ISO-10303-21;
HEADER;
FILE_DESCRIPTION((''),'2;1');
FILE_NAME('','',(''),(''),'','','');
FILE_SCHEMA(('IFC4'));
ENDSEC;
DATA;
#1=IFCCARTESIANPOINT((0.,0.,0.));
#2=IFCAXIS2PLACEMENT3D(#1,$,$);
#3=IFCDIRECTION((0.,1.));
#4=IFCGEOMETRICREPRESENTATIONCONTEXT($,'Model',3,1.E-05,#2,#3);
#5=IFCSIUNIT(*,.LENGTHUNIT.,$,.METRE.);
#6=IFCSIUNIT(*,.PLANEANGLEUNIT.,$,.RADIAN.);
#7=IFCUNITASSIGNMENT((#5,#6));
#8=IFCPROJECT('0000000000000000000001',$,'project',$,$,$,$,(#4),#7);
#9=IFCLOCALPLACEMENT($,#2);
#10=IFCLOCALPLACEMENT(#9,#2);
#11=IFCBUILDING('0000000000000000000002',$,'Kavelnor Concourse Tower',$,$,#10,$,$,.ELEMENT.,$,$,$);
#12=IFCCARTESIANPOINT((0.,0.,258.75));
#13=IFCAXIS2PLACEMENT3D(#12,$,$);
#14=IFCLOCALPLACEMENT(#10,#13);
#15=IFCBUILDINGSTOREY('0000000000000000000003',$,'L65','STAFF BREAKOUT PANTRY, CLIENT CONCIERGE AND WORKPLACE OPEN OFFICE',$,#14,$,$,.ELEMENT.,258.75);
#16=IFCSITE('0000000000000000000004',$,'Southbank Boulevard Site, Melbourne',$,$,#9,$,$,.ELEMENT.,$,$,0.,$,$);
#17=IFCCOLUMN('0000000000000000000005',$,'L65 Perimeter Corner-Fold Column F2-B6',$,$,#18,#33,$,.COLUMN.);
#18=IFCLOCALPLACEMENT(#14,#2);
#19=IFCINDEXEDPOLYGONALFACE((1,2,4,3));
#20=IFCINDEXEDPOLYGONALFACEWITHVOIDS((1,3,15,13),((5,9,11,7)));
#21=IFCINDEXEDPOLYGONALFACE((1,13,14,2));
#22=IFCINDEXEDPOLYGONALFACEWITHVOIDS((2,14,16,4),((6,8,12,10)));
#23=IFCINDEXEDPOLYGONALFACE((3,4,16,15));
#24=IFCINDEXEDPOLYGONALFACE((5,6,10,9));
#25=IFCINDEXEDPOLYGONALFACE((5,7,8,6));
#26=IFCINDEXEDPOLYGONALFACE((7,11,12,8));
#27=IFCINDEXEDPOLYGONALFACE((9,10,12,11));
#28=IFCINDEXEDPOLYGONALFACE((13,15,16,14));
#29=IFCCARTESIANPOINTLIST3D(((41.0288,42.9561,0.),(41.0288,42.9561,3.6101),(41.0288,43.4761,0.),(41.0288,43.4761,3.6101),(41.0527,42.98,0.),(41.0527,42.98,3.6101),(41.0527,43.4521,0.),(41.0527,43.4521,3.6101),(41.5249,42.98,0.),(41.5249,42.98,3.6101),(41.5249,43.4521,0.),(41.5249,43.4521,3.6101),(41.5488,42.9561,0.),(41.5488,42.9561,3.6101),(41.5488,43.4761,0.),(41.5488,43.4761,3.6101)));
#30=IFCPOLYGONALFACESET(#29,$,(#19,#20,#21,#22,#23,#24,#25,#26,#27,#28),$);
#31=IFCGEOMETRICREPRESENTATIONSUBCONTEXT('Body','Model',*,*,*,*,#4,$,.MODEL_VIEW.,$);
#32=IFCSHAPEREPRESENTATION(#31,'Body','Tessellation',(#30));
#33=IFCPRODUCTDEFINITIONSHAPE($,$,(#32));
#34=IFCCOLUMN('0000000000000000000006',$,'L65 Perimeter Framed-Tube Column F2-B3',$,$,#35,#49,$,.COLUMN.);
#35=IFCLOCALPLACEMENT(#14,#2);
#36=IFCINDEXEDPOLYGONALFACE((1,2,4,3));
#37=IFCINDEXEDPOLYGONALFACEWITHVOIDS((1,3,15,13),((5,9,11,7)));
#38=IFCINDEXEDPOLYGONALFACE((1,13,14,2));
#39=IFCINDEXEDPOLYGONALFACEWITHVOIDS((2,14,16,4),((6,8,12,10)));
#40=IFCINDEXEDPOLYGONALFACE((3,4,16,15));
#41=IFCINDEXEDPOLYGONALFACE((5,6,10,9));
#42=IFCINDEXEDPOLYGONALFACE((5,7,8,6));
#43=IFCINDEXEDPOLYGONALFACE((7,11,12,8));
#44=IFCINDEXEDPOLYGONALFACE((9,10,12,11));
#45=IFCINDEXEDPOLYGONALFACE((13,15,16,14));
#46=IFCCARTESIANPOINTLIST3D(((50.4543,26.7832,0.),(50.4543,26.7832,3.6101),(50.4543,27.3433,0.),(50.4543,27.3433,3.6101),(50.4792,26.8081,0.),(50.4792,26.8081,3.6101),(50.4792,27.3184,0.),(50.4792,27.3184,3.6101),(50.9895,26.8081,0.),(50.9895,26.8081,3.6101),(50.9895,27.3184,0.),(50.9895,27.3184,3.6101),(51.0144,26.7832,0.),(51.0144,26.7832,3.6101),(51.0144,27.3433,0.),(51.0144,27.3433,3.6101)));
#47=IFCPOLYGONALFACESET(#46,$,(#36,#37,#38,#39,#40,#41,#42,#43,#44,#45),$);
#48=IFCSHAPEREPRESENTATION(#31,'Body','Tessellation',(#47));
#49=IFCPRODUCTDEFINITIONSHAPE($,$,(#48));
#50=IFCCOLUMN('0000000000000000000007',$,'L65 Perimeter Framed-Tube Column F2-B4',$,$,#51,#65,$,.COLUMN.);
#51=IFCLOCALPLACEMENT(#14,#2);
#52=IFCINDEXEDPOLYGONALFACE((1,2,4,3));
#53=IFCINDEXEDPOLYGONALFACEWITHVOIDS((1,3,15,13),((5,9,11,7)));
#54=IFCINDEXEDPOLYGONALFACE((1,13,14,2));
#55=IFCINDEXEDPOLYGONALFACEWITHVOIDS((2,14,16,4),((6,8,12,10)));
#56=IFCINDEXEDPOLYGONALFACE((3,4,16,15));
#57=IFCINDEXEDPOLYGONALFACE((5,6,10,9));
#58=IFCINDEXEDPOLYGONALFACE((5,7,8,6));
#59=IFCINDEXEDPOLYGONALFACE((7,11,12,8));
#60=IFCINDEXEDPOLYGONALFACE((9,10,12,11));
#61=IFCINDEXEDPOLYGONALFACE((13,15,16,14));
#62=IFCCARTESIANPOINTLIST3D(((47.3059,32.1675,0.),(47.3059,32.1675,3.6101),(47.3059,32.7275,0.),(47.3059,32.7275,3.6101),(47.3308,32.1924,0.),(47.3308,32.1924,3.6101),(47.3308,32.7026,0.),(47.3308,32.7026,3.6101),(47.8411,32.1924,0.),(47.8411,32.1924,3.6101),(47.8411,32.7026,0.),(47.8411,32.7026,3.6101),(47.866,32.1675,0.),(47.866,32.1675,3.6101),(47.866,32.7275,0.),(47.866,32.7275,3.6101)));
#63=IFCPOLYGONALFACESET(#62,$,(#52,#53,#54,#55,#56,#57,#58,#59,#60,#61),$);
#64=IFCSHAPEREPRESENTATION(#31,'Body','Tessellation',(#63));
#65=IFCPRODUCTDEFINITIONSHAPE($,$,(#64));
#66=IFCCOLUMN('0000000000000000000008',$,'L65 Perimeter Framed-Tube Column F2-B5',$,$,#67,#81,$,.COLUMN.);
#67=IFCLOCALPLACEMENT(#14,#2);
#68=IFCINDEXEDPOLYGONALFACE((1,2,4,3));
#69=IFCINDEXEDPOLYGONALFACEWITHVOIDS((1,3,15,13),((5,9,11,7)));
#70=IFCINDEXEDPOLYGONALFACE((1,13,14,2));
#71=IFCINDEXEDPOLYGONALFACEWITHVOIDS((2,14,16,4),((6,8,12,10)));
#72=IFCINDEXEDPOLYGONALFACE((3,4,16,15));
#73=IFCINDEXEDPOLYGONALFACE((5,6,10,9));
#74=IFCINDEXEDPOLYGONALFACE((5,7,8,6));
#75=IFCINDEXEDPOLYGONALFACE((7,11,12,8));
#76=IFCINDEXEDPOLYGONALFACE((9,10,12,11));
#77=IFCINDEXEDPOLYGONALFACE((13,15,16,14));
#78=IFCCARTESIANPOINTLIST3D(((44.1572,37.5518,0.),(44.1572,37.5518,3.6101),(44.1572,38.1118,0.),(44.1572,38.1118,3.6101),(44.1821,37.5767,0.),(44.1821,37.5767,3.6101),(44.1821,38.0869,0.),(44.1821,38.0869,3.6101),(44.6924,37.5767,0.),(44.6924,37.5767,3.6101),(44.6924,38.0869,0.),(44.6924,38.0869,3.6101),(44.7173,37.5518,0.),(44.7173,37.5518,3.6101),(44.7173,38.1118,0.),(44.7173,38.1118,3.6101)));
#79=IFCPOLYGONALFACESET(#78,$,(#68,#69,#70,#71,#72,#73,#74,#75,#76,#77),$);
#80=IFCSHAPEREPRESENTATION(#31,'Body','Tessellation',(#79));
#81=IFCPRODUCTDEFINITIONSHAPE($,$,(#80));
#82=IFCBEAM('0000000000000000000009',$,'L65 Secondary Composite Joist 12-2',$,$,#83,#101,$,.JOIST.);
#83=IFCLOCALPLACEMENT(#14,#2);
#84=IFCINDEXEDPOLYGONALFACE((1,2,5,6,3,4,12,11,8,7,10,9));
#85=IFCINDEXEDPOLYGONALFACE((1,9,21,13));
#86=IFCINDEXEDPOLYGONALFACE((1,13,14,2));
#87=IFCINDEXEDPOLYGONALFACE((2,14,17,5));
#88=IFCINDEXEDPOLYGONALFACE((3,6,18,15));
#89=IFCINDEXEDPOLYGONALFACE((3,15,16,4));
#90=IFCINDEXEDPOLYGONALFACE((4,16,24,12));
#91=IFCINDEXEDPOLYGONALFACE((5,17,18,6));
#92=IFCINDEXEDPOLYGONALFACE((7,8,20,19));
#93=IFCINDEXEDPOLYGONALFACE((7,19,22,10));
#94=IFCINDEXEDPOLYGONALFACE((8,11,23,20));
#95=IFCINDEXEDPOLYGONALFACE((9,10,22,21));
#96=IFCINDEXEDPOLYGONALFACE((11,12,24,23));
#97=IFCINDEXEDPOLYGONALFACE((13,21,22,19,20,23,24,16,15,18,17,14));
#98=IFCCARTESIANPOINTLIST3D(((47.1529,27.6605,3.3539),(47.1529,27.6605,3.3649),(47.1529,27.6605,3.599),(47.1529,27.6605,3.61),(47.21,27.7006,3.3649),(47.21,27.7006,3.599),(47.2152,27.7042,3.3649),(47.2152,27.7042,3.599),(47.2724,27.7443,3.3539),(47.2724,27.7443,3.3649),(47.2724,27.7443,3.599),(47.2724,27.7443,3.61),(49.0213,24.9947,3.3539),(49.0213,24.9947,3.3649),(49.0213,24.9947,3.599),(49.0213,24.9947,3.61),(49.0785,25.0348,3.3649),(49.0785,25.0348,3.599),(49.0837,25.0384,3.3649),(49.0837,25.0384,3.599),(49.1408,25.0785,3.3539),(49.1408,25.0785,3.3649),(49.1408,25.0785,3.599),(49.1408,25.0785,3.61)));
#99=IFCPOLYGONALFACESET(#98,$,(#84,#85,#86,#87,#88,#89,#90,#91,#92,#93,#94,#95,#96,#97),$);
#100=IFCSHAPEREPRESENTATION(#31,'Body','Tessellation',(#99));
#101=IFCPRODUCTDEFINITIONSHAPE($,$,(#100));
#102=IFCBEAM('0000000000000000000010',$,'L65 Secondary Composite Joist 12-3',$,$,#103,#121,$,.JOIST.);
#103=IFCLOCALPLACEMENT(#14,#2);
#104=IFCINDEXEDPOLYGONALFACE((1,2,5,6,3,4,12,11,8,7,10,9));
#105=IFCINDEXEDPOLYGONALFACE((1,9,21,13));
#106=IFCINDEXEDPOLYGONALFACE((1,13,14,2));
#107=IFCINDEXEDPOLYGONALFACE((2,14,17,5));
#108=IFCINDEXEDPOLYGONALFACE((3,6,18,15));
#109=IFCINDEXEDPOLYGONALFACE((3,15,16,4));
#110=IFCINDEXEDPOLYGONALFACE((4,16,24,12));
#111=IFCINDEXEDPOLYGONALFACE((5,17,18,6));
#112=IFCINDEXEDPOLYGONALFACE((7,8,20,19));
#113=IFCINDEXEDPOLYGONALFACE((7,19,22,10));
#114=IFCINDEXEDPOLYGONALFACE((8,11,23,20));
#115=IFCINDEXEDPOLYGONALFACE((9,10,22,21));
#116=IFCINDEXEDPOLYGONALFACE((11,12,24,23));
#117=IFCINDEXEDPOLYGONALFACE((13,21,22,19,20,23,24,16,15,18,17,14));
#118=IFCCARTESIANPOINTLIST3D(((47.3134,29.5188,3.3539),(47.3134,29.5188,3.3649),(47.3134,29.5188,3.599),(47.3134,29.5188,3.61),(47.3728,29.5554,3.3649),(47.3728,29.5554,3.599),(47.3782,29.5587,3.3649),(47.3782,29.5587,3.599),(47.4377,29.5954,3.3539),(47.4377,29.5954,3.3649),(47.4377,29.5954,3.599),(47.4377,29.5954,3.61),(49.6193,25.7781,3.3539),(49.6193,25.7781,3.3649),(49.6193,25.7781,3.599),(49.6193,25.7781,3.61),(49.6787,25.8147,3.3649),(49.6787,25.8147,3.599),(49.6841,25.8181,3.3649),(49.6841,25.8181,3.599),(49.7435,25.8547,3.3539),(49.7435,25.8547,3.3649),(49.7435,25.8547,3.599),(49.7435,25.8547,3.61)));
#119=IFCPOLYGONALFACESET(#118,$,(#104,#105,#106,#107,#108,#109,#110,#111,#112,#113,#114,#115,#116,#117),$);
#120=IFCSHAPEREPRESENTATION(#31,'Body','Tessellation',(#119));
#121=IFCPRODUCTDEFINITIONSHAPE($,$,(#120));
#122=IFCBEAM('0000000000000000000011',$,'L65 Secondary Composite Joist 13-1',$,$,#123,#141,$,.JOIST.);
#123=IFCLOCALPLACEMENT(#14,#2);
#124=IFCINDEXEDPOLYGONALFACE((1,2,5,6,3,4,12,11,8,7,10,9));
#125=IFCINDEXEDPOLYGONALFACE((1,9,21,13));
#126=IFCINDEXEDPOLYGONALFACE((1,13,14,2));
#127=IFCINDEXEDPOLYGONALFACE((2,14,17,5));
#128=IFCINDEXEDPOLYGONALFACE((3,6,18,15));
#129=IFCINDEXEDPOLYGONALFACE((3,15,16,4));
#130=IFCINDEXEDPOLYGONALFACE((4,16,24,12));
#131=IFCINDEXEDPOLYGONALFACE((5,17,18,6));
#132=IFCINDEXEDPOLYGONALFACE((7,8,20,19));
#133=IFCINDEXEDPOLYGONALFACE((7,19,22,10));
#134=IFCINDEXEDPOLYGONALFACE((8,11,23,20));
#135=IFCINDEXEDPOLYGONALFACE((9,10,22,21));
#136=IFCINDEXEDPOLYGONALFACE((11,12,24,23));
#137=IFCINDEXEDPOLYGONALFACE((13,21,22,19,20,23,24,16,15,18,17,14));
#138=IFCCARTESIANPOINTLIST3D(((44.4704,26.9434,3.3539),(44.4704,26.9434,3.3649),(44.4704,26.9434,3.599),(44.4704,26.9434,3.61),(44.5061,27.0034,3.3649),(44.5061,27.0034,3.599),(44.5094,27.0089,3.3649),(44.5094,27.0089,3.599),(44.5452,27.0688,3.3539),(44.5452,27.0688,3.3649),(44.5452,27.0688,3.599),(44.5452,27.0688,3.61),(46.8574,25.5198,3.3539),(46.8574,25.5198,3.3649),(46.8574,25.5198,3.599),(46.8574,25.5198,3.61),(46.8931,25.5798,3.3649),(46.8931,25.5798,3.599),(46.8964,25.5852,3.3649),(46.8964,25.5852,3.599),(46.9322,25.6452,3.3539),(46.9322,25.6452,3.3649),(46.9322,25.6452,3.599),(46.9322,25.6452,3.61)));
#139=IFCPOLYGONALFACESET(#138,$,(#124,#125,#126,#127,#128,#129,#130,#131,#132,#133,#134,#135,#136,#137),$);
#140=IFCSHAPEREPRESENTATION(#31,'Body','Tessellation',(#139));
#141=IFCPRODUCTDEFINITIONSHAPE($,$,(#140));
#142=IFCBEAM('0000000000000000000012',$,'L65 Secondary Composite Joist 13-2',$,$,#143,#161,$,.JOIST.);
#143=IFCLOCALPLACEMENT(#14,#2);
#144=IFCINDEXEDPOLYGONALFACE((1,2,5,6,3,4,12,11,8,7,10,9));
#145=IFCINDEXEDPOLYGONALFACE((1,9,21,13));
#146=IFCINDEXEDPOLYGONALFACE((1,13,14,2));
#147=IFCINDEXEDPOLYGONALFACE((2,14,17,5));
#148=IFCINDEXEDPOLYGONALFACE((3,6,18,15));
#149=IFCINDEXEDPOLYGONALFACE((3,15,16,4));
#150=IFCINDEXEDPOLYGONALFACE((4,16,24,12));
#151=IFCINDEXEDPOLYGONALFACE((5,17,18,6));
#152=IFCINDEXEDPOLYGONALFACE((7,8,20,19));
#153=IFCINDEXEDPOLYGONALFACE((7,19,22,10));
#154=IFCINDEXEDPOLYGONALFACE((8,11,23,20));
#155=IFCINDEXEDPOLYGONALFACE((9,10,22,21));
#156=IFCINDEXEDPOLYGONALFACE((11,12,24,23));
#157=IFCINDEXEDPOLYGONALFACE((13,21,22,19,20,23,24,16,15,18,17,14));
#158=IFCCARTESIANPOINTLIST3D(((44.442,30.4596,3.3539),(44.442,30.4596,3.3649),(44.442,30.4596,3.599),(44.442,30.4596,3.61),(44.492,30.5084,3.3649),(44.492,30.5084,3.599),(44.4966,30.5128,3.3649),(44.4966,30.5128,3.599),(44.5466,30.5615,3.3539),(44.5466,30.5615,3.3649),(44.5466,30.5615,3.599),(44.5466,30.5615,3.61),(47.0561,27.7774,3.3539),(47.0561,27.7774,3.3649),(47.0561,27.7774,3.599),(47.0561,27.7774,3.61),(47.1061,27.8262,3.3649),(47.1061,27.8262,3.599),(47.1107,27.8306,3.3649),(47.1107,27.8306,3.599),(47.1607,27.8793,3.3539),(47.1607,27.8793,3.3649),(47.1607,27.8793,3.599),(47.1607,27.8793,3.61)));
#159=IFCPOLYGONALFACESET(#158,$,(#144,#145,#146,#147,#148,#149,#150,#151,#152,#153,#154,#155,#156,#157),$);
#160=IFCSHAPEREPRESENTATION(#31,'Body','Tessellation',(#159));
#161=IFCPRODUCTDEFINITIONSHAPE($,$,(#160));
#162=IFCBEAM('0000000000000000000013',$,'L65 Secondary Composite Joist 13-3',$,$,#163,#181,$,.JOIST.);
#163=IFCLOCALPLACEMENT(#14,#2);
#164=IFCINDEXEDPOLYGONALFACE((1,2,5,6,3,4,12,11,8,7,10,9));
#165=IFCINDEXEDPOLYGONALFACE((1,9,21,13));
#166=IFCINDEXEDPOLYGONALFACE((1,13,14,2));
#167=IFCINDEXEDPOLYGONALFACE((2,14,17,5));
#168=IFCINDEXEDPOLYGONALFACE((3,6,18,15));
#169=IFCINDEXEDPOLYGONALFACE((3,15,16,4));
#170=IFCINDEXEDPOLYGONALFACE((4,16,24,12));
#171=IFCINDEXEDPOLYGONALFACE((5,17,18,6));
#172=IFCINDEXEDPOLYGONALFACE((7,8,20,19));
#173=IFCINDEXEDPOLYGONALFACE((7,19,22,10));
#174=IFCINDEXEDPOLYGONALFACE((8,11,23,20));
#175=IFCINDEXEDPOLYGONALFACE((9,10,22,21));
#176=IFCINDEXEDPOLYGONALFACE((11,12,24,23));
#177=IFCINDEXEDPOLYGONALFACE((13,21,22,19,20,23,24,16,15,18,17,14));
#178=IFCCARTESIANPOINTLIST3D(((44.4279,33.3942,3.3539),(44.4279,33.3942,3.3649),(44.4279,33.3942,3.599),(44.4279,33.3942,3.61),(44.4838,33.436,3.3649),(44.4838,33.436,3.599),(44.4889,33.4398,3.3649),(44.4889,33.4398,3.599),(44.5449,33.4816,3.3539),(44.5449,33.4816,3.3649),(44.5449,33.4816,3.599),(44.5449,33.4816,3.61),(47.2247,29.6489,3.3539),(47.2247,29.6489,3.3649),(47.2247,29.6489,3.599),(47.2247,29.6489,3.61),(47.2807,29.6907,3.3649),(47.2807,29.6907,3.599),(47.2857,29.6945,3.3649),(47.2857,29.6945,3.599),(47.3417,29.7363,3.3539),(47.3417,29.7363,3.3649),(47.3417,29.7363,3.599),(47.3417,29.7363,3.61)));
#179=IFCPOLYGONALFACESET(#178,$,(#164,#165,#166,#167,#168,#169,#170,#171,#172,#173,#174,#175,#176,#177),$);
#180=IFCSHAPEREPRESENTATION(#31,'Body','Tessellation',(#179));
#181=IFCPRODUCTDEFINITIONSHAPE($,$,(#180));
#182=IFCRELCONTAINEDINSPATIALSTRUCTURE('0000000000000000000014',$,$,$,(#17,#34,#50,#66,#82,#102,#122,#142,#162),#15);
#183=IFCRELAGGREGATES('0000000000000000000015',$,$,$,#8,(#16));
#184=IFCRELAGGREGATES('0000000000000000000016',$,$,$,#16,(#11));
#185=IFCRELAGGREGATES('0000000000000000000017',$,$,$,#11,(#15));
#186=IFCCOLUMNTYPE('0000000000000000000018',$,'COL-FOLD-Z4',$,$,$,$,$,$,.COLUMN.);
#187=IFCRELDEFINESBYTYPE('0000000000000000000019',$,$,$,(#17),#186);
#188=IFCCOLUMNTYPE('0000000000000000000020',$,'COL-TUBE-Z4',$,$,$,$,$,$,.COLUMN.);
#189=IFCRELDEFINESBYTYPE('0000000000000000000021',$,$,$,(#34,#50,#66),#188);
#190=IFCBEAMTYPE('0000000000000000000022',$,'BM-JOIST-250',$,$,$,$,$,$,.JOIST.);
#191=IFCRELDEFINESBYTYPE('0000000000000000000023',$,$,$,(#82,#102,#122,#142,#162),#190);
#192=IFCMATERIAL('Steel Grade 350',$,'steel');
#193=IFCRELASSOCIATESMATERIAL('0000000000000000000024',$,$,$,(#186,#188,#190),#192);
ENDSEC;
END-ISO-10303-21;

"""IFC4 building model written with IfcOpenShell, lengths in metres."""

from ifc_helpers import new_model, si_unit, direction, frame, origin, origin_2d, place, context, subcontext, project, spatial, hollow_rectangle, i_section, extrude, material, material_profile, profile_set, type_object, element, save


model = new_model("IFC4")

# Units and contexts
model_context = context("Model", 3, precision=1e-05, world=origin(), true_north=direction((0.0, 1.0)))
body_context = subcontext(model_context, "Body", "Model", "MODEL_VIEW")
ifc_project = project(units=[si_unit("LENGTHUNIT", "METRE"), si_unit("PLANEANGLEUNIT", "RADIAN")], contexts=[model_context])

# Site, building, storey
site_placement = place(None, origin())
site = spatial("IfcSite", under=ifc_project, at=site_placement, Name="Southbank Boulevard Site, Melbourne", CompositionType="ELEMENT", RefElevation=0.0)
building_placement = place(site_placement, origin())
building = spatial("IfcBuilding", under=site, at=building_placement, Name="Kavelnor Concourse Tower", CompositionType="ELEMENT")
storey_placement = place(building_placement, frame((0.0, 0.0, 258.75)))
storey = spatial("IfcBuildingStorey", under=building, at=storey_placement, Name="L65", Description="STAFF BREAKOUT PANTRY, CLIENT CONCIERGE AND WORKPLACE OPEN OFFICE", CompositionType="ELEMENT", Elevation=258.75)

# Columns
ifc_material_1 = material(Name="Steel Grade 350", Category="steel")
ifc_material_profile_1 = material_profile(ifc_material_1, hollow_rectangle(XDim=0.52, YDim=0.52, WallThickness=0.0239, at=origin_2d()), Name="SHS 520x520x24")
ifc_profile_set_1 = profile_set([ifc_material_profile_1], Name="Steel Grade 350")
column_type_1 = type_object("IfcColumnType", Name="COL-FOLD-Z4", PredefinedType="COLUMN", material=ifc_profile_set_1)
column_placement = place(storey_placement, frame((41.2888, 43.2161, 0.0), z_axis=(0.0, 0.0, 1.0), x_axis=(1.0, 0.0, 0.0)))
element("IfcColumn", 1, at=column_placement, inside=storey, type_object=column_type_1, Name="L65 Perimeter Corner-Fold Column F2-B6", PredefinedType="COLUMN", context=body_context, shape_type="SweptSolid", body=[
    extrude(hollow_rectangle(XDim=0.52, YDim=0.52, WallThickness=0.0239, at=origin_2d()), origin(), (0.0, 0.0, 1.0), 3.6101),
])
ifc_material_profile_2 = material_profile(ifc_material_1, hollow_rectangle(XDim=0.5601, YDim=0.5601, WallThickness=0.0249, at=origin_2d()), Name="SHS 560x560x25")
ifc_profile_set_2 = profile_set([ifc_material_profile_2], Name="Steel Grade 350")
column_type_2 = type_object("IfcColumnType", Name="COL-TUBE-Z4", PredefinedType="COLUMN", material=ifc_profile_set_2)
for number, where, z_axis, x_axis, name in (
    (2, (50.7344, 27.0632, 0.0), (0.0, 0.0, 1.0), (1.0, 0.0, 0.0), "L65 Perimeter Framed-Tube Column F2-B3"),
    (3, (47.5859, 32.4475, 0.0), (0.0, 0.0, 1.0), (1.0, 0.0, 0.0), "L65 Perimeter Framed-Tube Column F2-B4"),
    (4, (44.4373, 37.8318, 0.0), (0.0, 0.0, 1.0), (1.0, 0.0, 0.0), "L65 Perimeter Framed-Tube Column F2-B5"),
):
    element("IfcColumn", number, at=place(storey_placement, frame(where, z_axis=z_axis, x_axis=x_axis)), inside=storey, type_object=column_type_2, Name=name, PredefinedType="COLUMN", context=body_context, shape_type="SweptSolid", body=[
        extrude(hollow_rectangle(XDim=0.5601, YDim=0.5601, WallThickness=0.0249, at=origin_2d()), origin(), (0.0, 0.0, 1.0), 3.6101),
    ])

# Beams
ifc_material_profile_3 = material_profile(ifc_material_1, i_section(OverallWidth=0.146, OverallDepth=0.2561, WebThickness=0.0063, FlangeThickness=0.011, at=origin_2d()), Name="250UB37")
ifc_profile_set_3 = profile_set([ifc_material_profile_3], Name="Steel Grade 350")
beam_type_1 = type_object("IfcBeamType", Name="BM-JOIST-250", PredefinedType="JOIST", material=ifc_profile_set_3)
beam_1_placement = place(storey_placement, frame((49.0811, 25.0366, 3.4819), z_axis=(-0.57395, 0.81889, 0.0), x_axis=(-0.81889, -0.57395, 0.0)))
element("IfcBeam", 5, at=beam_1_placement, inside=storey, type_object=beam_type_1, Name="L65 Secondary Composite Joist 12-2", PredefinedType="JOIST", context=body_context, shape_type="SweptSolid", body=[
    extrude(i_section(OverallWidth=0.146, OverallDepth=0.2561, WebThickness=0.0063, FlangeThickness=0.011, at=origin_2d()), origin(), (0.0, 0.0, 1.0), 3.2554),
])
beam_2_placement = place(storey_placement, frame((49.6814, 25.8164, 3.4819), z_axis=(-0.524745, 0.851259, 0.0), x_axis=(-0.851259, -0.524745, 0.0)))
element("IfcBeam", 6, at=beam_2_placement, inside=storey, type_object=beam_type_1, Name="L65 Secondary Composite Joist 12-3", PredefinedType="JOIST", context=body_context, shape_type="SweptSolid", body=[
    extrude(i_section(OverallWidth=0.146, OverallDepth=0.2561, WebThickness=0.0063, FlangeThickness=0.011, at=origin_2d()), origin(), (0.0, 0.0, 1.0), 4.3943),
])
beam_3_placement = place(storey_placement, frame((46.8948, 25.5825, 3.4819), z_axis=(-0.858854, 0.51222, 0.0), x_axis=(-0.51222, -0.858854, 0.0)))
element("IfcBeam", 7, at=beam_3_placement, inside=storey, type_object=beam_type_1, Name="L65 Secondary Composite Joist 13-1", PredefinedType="JOIST", context=body_context, shape_type="SweptSolid", body=[
    extrude(i_section(OverallWidth=0.146, OverallDepth=0.2561, WebThickness=0.0063, FlangeThickness=0.011, at=origin_2d()), origin(), (0.0, 0.0, 1.0), 2.7793),
])
beam_4_placement = place(storey_placement, frame((47.1084, 27.8284, 3.4819), z_axis=(-0.697955, 0.716142, 0.0), x_axis=(-0.716142, -0.697955, 0.0)))
element("IfcBeam", 8, at=beam_4_placement, inside=storey, type_object=beam_type_1, Name="L65 Secondary Composite Joist 13-2", PredefinedType="JOIST", context=body_context, shape_type="SweptSolid", body=[
    extrude(i_section(OverallWidth=0.146, OverallDepth=0.2561, WebThickness=0.0063, FlangeThickness=0.011, at=origin_2d()), origin(), (0.0, 0.0, 1.0), 3.7454),
])
beam_5_placement = place(storey_placement, frame((47.2832, 29.6926, 3.4819), z_axis=(-0.598336, 0.801246, 0.0), x_axis=(-0.801246, -0.598336, 0.0)))
element("IfcBeam", 9, at=beam_5_placement, inside=storey, type_object=beam_type_1, Name="L65 Secondary Composite Joist 13-3", PredefinedType="JOIST", context=body_context, shape_type="SweptSolid", body=[
    extrude(i_section(OverallWidth=0.146, OverallDepth=0.2561, WebThickness=0.0063, FlangeThickness=0.011, at=origin_2d()), origin(), (0.0, 0.0, 1.0), 4.6743),
])

save(model, "model.ifc")
